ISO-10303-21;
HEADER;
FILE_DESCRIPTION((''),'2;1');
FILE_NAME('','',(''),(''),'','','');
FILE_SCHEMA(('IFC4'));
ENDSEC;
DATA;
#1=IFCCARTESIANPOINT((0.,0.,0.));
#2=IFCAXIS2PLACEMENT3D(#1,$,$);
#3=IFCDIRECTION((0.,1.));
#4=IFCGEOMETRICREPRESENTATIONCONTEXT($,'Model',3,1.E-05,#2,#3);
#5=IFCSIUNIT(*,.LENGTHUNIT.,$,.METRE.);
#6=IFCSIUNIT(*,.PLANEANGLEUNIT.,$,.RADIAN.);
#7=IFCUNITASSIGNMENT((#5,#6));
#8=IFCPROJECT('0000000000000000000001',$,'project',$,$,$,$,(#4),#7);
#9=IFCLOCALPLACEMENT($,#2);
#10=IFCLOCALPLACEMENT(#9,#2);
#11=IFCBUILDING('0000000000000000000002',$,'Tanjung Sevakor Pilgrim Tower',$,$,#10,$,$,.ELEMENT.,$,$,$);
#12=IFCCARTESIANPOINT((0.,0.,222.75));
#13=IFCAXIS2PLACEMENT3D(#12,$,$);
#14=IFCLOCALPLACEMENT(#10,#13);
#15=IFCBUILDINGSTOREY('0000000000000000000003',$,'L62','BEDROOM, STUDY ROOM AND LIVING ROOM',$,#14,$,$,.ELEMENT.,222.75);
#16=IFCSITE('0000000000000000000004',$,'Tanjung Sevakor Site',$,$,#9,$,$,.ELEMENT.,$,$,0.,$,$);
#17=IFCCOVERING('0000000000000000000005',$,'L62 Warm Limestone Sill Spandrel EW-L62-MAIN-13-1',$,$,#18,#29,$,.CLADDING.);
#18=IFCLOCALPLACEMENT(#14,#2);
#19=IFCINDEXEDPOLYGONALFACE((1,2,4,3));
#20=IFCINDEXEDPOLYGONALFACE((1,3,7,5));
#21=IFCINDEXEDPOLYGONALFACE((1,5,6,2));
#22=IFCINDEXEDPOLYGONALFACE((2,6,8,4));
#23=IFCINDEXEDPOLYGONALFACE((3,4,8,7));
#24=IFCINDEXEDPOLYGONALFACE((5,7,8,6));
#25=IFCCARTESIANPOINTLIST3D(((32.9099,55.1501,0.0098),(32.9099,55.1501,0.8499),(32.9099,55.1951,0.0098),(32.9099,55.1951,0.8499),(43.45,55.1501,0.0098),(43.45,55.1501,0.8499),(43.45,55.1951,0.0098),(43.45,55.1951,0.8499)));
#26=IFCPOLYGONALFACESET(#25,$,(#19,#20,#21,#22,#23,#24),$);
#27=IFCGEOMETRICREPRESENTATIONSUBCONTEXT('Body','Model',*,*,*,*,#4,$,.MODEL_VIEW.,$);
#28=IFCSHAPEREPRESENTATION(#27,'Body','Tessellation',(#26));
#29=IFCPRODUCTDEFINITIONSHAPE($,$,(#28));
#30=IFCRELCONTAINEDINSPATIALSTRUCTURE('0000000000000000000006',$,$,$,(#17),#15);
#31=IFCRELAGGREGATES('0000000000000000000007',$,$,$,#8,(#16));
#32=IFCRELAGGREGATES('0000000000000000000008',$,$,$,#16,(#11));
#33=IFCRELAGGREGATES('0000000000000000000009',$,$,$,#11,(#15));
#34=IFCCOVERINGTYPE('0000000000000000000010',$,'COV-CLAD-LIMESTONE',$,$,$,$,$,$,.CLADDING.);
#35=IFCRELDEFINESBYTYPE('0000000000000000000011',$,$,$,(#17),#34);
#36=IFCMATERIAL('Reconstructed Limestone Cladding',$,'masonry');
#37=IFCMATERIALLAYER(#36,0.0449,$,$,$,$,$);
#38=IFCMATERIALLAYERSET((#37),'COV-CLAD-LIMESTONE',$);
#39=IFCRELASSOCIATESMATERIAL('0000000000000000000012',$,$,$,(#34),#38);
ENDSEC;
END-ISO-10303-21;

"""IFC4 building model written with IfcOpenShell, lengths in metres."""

from ifc_helpers import new_model, si_unit, direction, frame, origin, origin_2d, place, context, subcontext, project, spatial, rectangle, extrude, material, layer, layer_set, type_object, element, save


model = new_model("IFC4")

# Units and contexts
model_context = context("Model", 3, precision=1e-05, world=origin(), true_north=direction((0.0, 1.0)))
body_context = subcontext(model_context, "Body", "Model", "MODEL_VIEW")
ifc_project = project(units=[si_unit("LENGTHUNIT", "METRE"), si_unit("PLANEANGLEUNIT", "RADIAN")], contexts=[model_context])

# Site, building, storey
site_placement = place(None, origin())
site = spatial("IfcSite", under=ifc_project, at=site_placement, Name="Tanjung Sevakor Site", CompositionType="ELEMENT", RefElevation=0.0)
building_placement = place(site_placement, origin())
building = spatial("IfcBuilding", under=site, at=building_placement, Name="Tanjung Sevakor Pilgrim Tower", CompositionType="ELEMENT")
storey_placement = place(building_placement, frame((0.0, 0.0, 222.75)))
storey = spatial("IfcBuildingStorey", under=building, at=storey_placement, Name="L62", Description="BEDROOM, STUDY ROOM AND LIVING ROOM", CompositionType="ELEMENT", Elevation=222.75)

# Covering
ifc_material_1 = material(Name="Reconstructed Limestone Cladding", Category="masonry")
ifc_layer_1 = layer(ifc_material_1, 0.0449)
ifc_layer_set_1 = layer_set([ifc_layer_1], Name="COV-CLAD-LIMESTONE")
covering_type = type_object("IfcCoveringType", Name="COV-CLAD-LIMESTONE", PredefinedType="CLADDING", material=ifc_layer_set_1)
covering_placement = place(storey_placement, frame((38.1799, 55.1726, 0.0098), z_axis=(0.0, 0.0, 1.0), x_axis=(-1.0, 0.0, 0.0)))
element("IfcCovering", 1, at=covering_placement, inside=storey, type_object=covering_type, Name="L62 Warm Limestone Sill Spandrel EW-L62-MAIN-13-1", PredefinedType="CLADDING", context=body_context, shape_type="SweptSolid", body=[
    extrude(rectangle(XDim=10.54, YDim=0.0449, at=origin_2d()), origin(), (0.0, 0.0, 1.0), 0.8401),
])

save(model, "model.ifc")
